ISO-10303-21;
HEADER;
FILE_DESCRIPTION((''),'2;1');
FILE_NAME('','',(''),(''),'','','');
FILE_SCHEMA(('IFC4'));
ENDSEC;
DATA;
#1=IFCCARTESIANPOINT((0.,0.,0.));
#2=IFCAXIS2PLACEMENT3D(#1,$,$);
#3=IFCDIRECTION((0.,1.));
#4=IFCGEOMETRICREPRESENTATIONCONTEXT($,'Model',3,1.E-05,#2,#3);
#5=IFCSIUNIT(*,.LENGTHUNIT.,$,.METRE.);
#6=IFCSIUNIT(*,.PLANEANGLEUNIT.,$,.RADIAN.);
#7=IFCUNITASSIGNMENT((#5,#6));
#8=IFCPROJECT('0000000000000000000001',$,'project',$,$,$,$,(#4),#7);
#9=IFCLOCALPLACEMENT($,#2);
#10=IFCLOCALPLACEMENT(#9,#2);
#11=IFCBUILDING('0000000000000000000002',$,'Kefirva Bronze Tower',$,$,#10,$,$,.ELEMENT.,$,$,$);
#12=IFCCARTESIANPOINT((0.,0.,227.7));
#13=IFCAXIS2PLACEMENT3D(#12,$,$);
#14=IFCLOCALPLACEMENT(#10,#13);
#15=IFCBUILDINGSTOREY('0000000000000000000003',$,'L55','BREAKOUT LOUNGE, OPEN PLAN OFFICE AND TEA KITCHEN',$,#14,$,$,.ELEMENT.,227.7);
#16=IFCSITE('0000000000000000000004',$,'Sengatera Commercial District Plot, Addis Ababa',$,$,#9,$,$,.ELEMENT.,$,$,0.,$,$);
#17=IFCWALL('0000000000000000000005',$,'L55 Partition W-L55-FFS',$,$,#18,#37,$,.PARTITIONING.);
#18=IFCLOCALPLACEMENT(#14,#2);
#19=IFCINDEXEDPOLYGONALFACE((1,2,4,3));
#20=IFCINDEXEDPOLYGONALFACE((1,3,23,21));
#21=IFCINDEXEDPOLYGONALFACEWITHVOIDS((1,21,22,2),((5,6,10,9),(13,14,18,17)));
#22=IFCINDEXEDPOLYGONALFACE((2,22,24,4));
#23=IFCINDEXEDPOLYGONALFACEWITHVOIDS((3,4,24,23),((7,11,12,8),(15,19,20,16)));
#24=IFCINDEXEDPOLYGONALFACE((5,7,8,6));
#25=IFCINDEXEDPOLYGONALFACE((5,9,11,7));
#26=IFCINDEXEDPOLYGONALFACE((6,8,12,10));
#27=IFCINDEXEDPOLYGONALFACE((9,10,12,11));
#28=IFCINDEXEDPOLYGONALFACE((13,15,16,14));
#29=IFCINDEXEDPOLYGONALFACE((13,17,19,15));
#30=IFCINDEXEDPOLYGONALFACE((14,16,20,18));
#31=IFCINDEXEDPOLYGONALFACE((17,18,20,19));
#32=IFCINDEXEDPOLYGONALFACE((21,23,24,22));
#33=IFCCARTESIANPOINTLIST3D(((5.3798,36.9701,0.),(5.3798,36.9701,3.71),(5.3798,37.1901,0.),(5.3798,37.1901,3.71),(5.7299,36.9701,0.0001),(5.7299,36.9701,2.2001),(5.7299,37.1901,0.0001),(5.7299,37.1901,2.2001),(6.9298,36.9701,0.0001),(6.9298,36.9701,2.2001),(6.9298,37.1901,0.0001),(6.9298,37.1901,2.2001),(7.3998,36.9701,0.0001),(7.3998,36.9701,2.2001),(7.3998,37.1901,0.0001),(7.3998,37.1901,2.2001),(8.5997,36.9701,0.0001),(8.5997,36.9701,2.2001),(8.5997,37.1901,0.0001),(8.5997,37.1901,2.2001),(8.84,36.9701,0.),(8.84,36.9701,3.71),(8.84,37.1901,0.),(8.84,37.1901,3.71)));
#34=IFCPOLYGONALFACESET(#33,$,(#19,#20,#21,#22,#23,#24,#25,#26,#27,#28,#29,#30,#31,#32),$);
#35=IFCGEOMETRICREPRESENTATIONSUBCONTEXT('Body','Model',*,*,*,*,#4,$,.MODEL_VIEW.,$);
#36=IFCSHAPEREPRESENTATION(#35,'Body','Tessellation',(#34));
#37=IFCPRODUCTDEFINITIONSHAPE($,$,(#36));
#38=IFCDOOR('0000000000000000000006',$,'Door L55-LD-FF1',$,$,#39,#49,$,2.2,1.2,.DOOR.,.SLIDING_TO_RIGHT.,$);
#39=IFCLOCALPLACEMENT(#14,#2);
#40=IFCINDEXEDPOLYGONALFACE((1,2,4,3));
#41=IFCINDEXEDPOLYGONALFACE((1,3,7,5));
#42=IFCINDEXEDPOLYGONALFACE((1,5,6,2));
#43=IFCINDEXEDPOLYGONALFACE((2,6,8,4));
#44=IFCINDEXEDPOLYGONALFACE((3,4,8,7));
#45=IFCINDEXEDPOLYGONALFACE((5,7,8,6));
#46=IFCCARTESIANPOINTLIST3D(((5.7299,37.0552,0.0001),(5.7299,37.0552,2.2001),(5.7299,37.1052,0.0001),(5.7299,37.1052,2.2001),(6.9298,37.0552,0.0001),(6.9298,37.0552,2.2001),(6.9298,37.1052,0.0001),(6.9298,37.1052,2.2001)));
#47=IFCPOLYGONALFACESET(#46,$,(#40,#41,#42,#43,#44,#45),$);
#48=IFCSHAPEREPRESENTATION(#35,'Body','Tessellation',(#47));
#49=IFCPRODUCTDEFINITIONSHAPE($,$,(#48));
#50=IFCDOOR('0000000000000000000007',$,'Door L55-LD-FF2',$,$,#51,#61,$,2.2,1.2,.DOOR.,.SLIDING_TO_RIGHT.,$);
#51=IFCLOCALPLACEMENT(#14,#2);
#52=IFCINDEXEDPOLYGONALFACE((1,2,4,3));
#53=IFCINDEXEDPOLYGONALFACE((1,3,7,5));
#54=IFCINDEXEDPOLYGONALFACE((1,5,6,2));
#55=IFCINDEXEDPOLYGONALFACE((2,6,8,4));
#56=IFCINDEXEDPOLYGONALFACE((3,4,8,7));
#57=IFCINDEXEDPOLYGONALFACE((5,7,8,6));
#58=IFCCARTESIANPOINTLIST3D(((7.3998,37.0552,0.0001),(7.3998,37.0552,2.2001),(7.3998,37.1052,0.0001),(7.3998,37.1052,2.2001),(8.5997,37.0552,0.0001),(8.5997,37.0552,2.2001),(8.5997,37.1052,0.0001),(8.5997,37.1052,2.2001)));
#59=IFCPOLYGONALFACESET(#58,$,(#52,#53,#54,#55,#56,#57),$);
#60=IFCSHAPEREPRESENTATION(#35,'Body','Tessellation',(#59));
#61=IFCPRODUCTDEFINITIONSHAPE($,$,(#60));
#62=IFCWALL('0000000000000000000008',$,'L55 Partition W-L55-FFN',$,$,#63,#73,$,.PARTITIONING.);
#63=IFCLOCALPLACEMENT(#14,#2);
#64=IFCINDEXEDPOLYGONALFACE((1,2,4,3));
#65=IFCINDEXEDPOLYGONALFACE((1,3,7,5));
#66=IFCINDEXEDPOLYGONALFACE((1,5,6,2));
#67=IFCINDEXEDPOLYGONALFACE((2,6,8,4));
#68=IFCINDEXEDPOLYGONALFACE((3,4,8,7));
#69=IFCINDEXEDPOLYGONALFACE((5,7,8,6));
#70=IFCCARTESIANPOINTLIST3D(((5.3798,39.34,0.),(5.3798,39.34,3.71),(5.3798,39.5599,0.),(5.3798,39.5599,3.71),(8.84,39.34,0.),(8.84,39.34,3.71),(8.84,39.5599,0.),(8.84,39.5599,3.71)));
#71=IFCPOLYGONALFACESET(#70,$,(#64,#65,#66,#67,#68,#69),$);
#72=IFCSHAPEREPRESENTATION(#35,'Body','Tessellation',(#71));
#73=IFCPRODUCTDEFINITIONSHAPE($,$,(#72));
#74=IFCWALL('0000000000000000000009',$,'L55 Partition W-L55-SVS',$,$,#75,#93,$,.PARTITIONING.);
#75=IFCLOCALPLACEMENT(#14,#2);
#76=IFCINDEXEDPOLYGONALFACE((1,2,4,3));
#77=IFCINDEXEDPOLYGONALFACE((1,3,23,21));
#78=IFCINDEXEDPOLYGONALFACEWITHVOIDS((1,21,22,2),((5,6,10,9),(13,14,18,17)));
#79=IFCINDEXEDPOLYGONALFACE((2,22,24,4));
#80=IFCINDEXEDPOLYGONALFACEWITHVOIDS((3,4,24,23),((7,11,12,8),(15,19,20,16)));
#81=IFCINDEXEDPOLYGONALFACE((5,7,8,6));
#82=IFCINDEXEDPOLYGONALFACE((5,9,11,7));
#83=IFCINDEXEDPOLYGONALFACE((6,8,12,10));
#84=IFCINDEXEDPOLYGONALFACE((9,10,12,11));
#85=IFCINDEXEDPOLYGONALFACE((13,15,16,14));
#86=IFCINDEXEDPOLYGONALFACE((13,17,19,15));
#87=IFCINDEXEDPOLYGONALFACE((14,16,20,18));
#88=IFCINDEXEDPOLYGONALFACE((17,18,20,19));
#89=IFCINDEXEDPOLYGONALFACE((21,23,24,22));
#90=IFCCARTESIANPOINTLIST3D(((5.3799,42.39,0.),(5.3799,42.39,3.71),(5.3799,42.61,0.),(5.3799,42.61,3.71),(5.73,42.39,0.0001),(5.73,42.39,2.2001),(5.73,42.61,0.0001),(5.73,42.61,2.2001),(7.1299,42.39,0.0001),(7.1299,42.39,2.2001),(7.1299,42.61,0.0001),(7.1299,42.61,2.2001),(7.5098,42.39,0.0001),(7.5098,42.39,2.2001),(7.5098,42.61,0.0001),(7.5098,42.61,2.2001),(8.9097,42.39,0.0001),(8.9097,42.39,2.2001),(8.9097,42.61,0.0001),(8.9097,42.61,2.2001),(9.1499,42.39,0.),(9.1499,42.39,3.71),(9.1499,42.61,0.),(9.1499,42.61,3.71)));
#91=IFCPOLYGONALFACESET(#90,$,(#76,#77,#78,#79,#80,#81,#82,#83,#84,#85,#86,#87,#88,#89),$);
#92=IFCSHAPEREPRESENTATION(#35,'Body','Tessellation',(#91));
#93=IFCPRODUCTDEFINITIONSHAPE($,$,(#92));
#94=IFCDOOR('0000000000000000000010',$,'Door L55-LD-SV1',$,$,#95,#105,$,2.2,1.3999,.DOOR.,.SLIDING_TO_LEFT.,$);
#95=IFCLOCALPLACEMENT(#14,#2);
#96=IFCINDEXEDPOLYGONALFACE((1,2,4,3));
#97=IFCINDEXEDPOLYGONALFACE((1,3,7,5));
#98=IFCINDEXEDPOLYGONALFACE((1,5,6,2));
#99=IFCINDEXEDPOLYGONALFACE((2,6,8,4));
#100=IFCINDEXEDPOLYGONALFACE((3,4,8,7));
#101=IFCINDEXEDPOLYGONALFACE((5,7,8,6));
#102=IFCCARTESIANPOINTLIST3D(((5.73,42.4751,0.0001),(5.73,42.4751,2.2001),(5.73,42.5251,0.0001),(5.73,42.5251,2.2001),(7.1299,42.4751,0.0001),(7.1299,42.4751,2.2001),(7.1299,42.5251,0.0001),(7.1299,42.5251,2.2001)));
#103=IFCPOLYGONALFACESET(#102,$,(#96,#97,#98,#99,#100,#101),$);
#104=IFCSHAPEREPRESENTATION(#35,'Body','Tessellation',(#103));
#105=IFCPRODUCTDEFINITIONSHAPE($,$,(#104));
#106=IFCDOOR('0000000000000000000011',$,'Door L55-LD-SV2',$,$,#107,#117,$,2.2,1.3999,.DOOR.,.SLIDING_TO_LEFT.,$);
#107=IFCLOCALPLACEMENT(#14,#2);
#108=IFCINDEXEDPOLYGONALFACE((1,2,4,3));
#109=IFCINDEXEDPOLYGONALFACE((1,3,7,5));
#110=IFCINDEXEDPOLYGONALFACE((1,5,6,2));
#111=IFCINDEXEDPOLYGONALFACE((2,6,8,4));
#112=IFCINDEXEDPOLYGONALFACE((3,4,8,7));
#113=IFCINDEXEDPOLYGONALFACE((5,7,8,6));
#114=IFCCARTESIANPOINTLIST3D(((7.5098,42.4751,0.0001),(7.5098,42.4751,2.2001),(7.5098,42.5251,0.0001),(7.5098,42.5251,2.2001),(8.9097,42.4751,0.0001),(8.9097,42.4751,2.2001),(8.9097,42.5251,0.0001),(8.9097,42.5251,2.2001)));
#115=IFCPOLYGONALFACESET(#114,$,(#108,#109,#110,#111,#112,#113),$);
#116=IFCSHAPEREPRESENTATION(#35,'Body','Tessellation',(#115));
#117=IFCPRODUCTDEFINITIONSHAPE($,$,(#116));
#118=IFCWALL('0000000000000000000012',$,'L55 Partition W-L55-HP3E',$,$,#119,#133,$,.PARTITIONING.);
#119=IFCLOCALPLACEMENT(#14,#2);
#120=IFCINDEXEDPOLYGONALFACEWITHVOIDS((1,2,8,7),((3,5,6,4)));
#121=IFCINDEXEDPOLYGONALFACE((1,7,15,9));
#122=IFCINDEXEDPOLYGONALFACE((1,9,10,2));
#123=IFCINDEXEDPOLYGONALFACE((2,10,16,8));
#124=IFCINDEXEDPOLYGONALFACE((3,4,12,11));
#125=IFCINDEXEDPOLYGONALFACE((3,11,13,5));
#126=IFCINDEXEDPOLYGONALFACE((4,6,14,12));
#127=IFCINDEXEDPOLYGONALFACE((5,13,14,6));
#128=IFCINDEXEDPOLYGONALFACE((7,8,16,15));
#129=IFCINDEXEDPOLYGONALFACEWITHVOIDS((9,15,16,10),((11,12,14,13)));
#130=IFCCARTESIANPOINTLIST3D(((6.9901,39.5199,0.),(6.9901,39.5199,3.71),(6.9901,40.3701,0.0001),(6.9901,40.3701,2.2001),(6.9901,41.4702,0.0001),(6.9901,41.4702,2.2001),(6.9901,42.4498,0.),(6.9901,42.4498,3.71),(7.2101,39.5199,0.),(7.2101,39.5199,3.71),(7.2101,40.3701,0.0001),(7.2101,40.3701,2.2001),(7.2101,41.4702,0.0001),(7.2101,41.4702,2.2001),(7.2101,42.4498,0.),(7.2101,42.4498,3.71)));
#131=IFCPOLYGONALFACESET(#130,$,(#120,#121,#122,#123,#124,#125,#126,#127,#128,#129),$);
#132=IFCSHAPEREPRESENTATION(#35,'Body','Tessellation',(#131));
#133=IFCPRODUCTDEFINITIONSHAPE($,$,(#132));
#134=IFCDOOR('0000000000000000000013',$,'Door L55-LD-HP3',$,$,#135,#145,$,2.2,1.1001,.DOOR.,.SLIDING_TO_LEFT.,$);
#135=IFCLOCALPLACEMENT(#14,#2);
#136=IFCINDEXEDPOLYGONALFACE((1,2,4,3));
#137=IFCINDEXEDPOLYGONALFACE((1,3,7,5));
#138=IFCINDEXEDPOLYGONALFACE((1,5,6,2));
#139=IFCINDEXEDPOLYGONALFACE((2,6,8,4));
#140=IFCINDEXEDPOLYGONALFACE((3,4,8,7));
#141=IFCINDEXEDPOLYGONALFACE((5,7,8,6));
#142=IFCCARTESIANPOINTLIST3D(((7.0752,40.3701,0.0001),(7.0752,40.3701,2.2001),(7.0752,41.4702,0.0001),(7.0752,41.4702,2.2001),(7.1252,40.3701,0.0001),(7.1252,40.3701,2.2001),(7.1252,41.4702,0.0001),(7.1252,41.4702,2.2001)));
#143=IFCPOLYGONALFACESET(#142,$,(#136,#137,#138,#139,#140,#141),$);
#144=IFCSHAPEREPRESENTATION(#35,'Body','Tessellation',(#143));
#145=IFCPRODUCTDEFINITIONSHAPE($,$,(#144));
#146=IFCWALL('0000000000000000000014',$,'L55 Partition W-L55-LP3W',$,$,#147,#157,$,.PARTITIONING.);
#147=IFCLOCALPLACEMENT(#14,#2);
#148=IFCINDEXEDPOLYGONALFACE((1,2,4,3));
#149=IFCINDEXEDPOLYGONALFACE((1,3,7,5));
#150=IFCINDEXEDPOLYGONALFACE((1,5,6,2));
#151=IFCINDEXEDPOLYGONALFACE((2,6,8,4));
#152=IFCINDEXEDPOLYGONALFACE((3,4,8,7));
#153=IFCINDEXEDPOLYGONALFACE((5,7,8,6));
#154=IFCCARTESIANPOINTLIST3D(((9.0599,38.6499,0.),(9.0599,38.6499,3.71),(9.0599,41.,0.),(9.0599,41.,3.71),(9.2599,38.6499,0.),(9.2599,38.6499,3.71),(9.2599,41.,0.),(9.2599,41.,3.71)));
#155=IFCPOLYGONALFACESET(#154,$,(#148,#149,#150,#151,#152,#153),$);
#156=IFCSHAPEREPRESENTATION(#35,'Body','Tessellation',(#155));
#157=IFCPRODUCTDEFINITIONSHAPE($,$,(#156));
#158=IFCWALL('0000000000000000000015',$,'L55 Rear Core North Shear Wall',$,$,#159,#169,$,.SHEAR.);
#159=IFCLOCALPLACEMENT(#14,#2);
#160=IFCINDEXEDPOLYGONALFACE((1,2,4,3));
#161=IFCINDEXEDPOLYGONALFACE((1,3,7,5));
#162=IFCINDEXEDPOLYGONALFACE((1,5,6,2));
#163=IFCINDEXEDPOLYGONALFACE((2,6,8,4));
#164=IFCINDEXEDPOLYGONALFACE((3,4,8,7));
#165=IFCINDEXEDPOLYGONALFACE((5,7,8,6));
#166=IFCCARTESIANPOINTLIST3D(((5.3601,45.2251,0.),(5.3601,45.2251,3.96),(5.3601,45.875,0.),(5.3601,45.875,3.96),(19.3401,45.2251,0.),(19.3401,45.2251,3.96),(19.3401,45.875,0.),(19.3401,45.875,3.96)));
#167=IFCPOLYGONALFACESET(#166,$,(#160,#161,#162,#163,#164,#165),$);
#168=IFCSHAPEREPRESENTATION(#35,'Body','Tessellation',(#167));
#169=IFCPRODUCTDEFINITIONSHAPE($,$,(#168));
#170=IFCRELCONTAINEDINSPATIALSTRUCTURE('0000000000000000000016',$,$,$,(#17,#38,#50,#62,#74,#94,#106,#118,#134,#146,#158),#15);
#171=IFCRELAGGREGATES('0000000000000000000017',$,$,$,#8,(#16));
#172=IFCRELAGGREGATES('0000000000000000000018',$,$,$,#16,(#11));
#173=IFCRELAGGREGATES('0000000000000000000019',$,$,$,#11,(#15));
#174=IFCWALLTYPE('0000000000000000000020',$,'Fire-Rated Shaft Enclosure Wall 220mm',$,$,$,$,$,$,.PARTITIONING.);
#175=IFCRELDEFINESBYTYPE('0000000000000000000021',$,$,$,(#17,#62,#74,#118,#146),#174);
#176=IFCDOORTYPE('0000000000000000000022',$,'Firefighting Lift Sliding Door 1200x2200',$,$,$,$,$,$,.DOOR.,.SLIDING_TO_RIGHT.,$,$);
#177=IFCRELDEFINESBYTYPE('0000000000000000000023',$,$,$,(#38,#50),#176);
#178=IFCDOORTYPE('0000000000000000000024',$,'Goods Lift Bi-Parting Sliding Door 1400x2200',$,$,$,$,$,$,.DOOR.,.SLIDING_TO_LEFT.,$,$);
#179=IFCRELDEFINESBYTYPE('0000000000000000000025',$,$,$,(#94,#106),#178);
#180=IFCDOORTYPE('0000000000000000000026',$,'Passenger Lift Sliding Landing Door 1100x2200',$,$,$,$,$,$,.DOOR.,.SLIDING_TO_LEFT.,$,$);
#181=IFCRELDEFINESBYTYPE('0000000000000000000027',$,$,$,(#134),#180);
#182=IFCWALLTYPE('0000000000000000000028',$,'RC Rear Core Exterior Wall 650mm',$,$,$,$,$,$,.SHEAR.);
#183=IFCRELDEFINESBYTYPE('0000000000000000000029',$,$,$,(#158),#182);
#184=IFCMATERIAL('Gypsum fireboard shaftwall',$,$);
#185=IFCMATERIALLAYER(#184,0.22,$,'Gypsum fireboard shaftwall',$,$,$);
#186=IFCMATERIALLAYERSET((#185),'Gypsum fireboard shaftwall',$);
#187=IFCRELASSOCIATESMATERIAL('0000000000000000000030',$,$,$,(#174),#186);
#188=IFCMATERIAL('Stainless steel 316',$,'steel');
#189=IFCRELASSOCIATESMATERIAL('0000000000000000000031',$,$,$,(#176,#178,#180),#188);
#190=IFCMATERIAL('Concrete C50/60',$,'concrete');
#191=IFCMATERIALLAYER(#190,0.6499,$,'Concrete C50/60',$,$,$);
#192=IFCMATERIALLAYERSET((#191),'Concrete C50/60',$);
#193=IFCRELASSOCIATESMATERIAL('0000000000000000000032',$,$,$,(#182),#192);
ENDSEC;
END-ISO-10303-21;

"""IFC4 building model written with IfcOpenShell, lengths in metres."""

from ifc_helpers import new_model, si_unit, direction, frame, frame_2d, origin, place, context, subcontext, project, spatial, rectangle, extrude, material, layer, layer_set, type_object, element, fill, save


model = new_model("IFC4")

# Units and contexts
model_context = context("Model", 3, precision=1e-05, world=origin(), true_north=direction((0.0, 1.0)))
body_context = subcontext(model_context, "Body", "Model", "MODEL_VIEW")
ifc_project = project(units=[si_unit("LENGTHUNIT", "METRE"), si_unit("PLANEANGLEUNIT", "RADIAN")], contexts=[model_context])

# Site, building, storey
site_placement = place(None, origin())
site = spatial("IfcSite", under=ifc_project, at=site_placement, Name="Sengatera Commercial District Plot, Addis Ababa", CompositionType="ELEMENT", RefElevation=0.0)
building_placement = place(site_placement, origin())
building = spatial("IfcBuilding", under=site, at=building_placement, Name="Kefirva Bronze Tower", CompositionType="ELEMENT")
storey_placement = place(building_placement, frame((0.0, 0.0, 227.7)))
storey = spatial("IfcBuildingStorey", under=building, at=storey_placement, Name="L55", Description="BREAKOUT LOUNGE, OPEN PLAN OFFICE AND TEA KITCHEN", CompositionType="ELEMENT", Elevation=227.7)

# Wall, openings, doors
ifc_material_1 = material(Name="Gypsum fireboard shaftwall")
ifc_layer_1 = layer(ifc_material_1, 0.22, Name="Gypsum fireboard shaftwall")
ifc_layer_set_1 = layer_set([ifc_layer_1], Name="Gypsum fireboard shaftwall")
wall_type_1 = type_object("IfcWallType", Name="Fire-Rated Shaft Enclosure Wall 220mm", PredefinedType="PARTITIONING", material=ifc_layer_set_1)
wall_1_placement = place(storey_placement, frame((5.3799, 37.0801, 0.0), z_axis=(0.0, 0.0, 1.0), x_axis=(1.0, 0.0, 0.0)))
wall_1 = element("IfcWall", 1, at=wall_1_placement, inside=storey, type_object=wall_type_1, Name="L55 Partition W-L55-FFS", PredefinedType="PARTITIONING", context=body_context, shape_type="SweptSolid", body=[
    extrude(rectangle(XDim=3.4602, YDim=0.22, at=frame_2d((1.73, 0.0))), origin(), (0.0, 0.0, 1.0), 3.71),
])
opening_1_placement = place(wall_1_placement, frame((1.55, 0.0, 0.0), z_axis=(0.0, 0.0, 1.0), x_axis=(-1.0, 0.0, 0.0)))
opening_1 = element("IfcOpeningElement", 2, at=opening_1_placement, cuts=wall_1, PredefinedType="OPENING", context=body_context, shape_type="SweptSolid", body=[
    extrude(rectangle(XDim=1.2, YDim=2.2, at=frame_2d((0.6001, 1.1001))), frame((0.0, 0.1201, 0.0), z_axis=(0.0, -1.0, 0.0), x_axis=(1.0, 0.0, 0.0)), (0.0, 0.0, 1.0), 0.24),
])
opening_2_placement = place(wall_1_placement, frame((3.22, 0.0, 0.0), z_axis=(0.0, 0.0, 1.0), x_axis=(-1.0, 0.0, 0.0)))
opening_2 = element("IfcOpeningElement", 3, at=opening_2_placement, cuts=wall_1, PredefinedType="OPENING", context=body_context, shape_type="SweptSolid", body=[
    extrude(rectangle(XDim=1.2, YDim=2.2, at=frame_2d((0.6001, 1.1001))), frame((0.0, 0.1201, 0.0), z_axis=(0.0, -1.0, 0.0), x_axis=(1.0, 0.0, 0.0)), (0.0, 0.0, 1.0), 0.24),
])
ifc_material_2 = material(Name="Stainless steel 316", Category="steel")
door_type_1 = type_object("IfcDoorType", Name="Firefighting Lift Sliding Door 1200x2200", OperationType="SLIDING_TO_RIGHT", PredefinedType="DOOR", material=ifc_material_2)
door_1_placement = place(opening_1_placement, origin())
door_1 = element("IfcDoor", 4, at=door_1_placement, inside=storey, type_object=door_type_1, Name="Door L55-LD-FF1", OperationType="SLIDING_TO_RIGHT", OverallHeight=2.2, OverallWidth=1.2, PredefinedType="DOOR", context=body_context, shape_type="SweptSolid", body=[
    extrude(rectangle(XDim=1.2, YDim=2.2, at=frame_2d((0.6001, 1.1001))), frame((0.0, 0.0249, 0.0), z_axis=(0.0, -1.0, 0.0), x_axis=(1.0, 0.0, 0.0)), (0.0, 0.0, 1.0), 0.05),
])
fill(opening_1, door_1)
door_2_placement = place(opening_2_placement, origin())
door_2 = element("IfcDoor", 5, at=door_2_placement, inside=storey, type_object=door_type_1, Name="Door L55-LD-FF2", OperationType="SLIDING_TO_RIGHT", OverallHeight=2.2, OverallWidth=1.2, PredefinedType="DOOR", context=body_context, shape_type="SweptSolid", body=[
    extrude(rectangle(XDim=1.2, YDim=2.2, at=frame_2d((0.6001, 1.1001))), frame((0.0, 0.0249, 0.0), z_axis=(0.0, -1.0, 0.0), x_axis=(1.0, 0.0, 0.0)), (0.0, 0.0, 1.0), 0.05),
])
fill(opening_2, door_2)

# Wall
wall_2_placement = place(storey_placement, frame((5.3799, 39.45, 0.0), z_axis=(0.0, 0.0, 1.0), x_axis=(1.0, 0.0, 0.0)))
element("IfcWall", 6, at=wall_2_placement, inside=storey, type_object=wall_type_1, Name="L55 Partition W-L55-FFN", PredefinedType="PARTITIONING", context=body_context, shape_type="SweptSolid", body=[
    extrude(rectangle(XDim=3.4602, YDim=0.22, at=frame_2d((1.73, 0.0))), origin(), (0.0, 0.0, 1.0), 3.71),
])

# Wall, openings, doors
wall_3_placement = place(storey_placement, frame((5.3799, 42.5, 0.0), z_axis=(0.0, 0.0, 1.0), x_axis=(1.0, 0.0, 0.0)))
wall_3 = element("IfcWall", 7, at=wall_3_placement, inside=storey, type_object=wall_type_1, Name="L55 Partition W-L55-SVS", PredefinedType="PARTITIONING", context=body_context, shape_type="SweptSolid", body=[
    extrude(rectangle(XDim=3.77, YDim=0.22, at=frame_2d((1.885, 0.0))), origin(), (0.0, 0.0, 1.0), 3.71),
])
opening_3_placement = place(wall_3_placement, frame((1.75, 0.0, 0.0), z_axis=(0.0, 0.0, 1.0), x_axis=(-1.0, 0.0, 0.0)))
opening_3 = element("IfcOpeningElement", 8, at=opening_3_placement, cuts=wall_3, PredefinedType="OPENING", context=body_context, shape_type="SweptSolid", body=[
    extrude(rectangle(XDim=1.3999, YDim=2.2, at=frame_2d((0.7, 1.1001))), frame((0.0, 0.1201, 0.0), z_axis=(0.0, -1.0, 0.0), x_axis=(1.0, 0.0, 0.0)), (0.0, 0.0, 1.0), 0.24),
])
opening_4_placement = place(wall_3_placement, frame((3.5298, 0.0, 0.0), z_axis=(0.0, 0.0, 1.0), x_axis=(-1.0, 0.0, 0.0)))
opening_4 = element("IfcOpeningElement", 9, at=opening_4_placement, cuts=wall_3, PredefinedType="OPENING", context=body_context, shape_type="SweptSolid", body=[
    extrude(rectangle(XDim=1.3999, YDim=2.2, at=frame_2d((0.7, 1.1001))), frame((0.0, 0.1201, 0.0), z_axis=(0.0, -1.0, 0.0), x_axis=(1.0, 0.0, 0.0)), (0.0, 0.0, 1.0), 0.24),
])
door_type_2 = type_object("IfcDoorType", Name="Goods Lift Bi-Parting Sliding Door 1400x2200", OperationType="SLIDING_TO_LEFT", PredefinedType="DOOR", material=ifc_material_2)
door_3_placement = place(opening_3_placement, origin())
door_3 = element("IfcDoor", 10, at=door_3_placement, inside=storey, type_object=door_type_2, Name="Door L55-LD-SV1", OperationType="SLIDING_TO_LEFT", OverallHeight=2.2, OverallWidth=1.3999, PredefinedType="DOOR", context=body_context, shape_type="SweptSolid", body=[
    extrude(rectangle(XDim=1.3999, YDim=2.2, at=frame_2d((0.7, 1.1001))), frame((0.0, 0.0249, 0.0), z_axis=(0.0, -1.0, 0.0), x_axis=(1.0, 0.0, 0.0)), (0.0, 0.0, 1.0), 0.05),
])
fill(opening_3, door_3)
door_4_placement = place(opening_4_placement, origin())
door_4 = element("IfcDoor", 11, at=door_4_placement, inside=storey, type_object=door_type_2, Name="Door L55-LD-SV2", OperationType="SLIDING_TO_LEFT", OverallHeight=2.2, OverallWidth=1.3999, PredefinedType="DOOR", context=body_context, shape_type="SweptSolid", body=[
    extrude(rectangle(XDim=1.3999, YDim=2.2, at=frame_2d((0.7, 1.1001))), frame((0.0, 0.0249, 0.0), z_axis=(0.0, -1.0, 0.0), x_axis=(1.0, 0.0, 0.0)), (0.0, 0.0, 1.0), 0.05),
])
fill(opening_4, door_4)

# Wall, opening, door
wall_4_placement = place(storey_placement, frame((7.1001, 39.52, 0.0), z_axis=(0.0, 0.0, 1.0), x_axis=(0.0, 1.0, 0.0)))
wall_4 = element("IfcWall", 12, at=wall_4_placement, inside=storey, type_object=wall_type_1, Name="L55 Partition W-L55-HP3E", PredefinedType="PARTITIONING", context=body_context, shape_type="SweptSolid", body=[
    extrude(rectangle(XDim=2.9299, YDim=0.22, at=frame_2d((1.4648, 0.0))), origin(), (0.0, 0.0, 1.0), 3.71),
])
opening_5_placement = place(wall_4_placement, frame((0.8501, 0.0, 0.0)))
opening_5 = element("IfcOpeningElement", 13, at=opening_5_placement, cuts=wall_4, PredefinedType="OPENING", context=body_context, shape_type="SweptSolid", body=[
    extrude(rectangle(XDim=1.1001, YDim=2.2, at=frame_2d((0.55, 1.1001))), frame((0.0, 0.1201, 0.0), z_axis=(0.0, -1.0, 0.0), x_axis=(1.0, 0.0, 0.0)), (0.0, 0.0, 1.0), 0.24),
])
door_type_3 = type_object("IfcDoorType", Name="Passenger Lift Sliding Landing Door 1100x2200", OperationType="SLIDING_TO_LEFT", PredefinedType="DOOR", material=ifc_material_2)
door_5_placement = place(opening_5_placement, origin())
door_5 = element("IfcDoor", 14, at=door_5_placement, inside=storey, type_object=door_type_3, Name="Door L55-LD-HP3", OperationType="SLIDING_TO_LEFT", OverallHeight=2.2, OverallWidth=1.1001, PredefinedType="DOOR", context=body_context, shape_type="SweptSolid", body=[
    extrude(rectangle(XDim=1.1001, YDim=2.2, at=frame_2d((0.55, 1.1001))), frame((0.0, 0.0249, 0.0), z_axis=(0.0, -1.0, 0.0), x_axis=(1.0, 0.0, 0.0)), (0.0, 0.0, 1.0), 0.05),
])
fill(opening_5, door_5)

# Walls
wall_5_placement = place(storey_placement, frame((9.1599, 38.6499, 0.0), z_axis=(0.0, 0.0, 1.0), x_axis=(0.0, 1.0, 0.0)))
element("IfcWall", 15, at=wall_5_placement, inside=storey, type_object=wall_type_1, Name="L55 Partition W-L55-LP3W", PredefinedType="PARTITIONING", context=body_context, shape_type="SweptSolid", body=[
    extrude(rectangle(XDim=2.3501, YDim=0.2, at=frame_2d((1.175, 0.0))), origin(), (0.0, 0.0, 1.0), 3.71),
])
ifc_material_3 = material(Name="Concrete C50/60", Category="concrete")
ifc_layer_2 = layer(ifc_material_3, 0.6499, Name="Concrete C50/60")
ifc_layer_set_2 = layer_set([ifc_layer_2], Name="Concrete C50/60")
wall_type_2 = type_object("IfcWallType", Name="RC Rear Core Exterior Wall 650mm", PredefinedType="SHEAR", material=ifc_layer_set_2)
wall_6_placement = place(storey_placement, frame((5.3601, 45.55, 0.0), z_axis=(0.0, 0.0, 1.0), x_axis=(1.0, 0.0, 0.0)))
element("IfcWall", 16, at=wall_6_placement, inside=storey, type_object=wall_type_2, Name="L55 Rear Core North Shear Wall", PredefinedType="SHEAR", context=body_context, shape_type="SweptSolid", body=[
    extrude(rectangle(XDim=13.98, YDim=0.6499, at=frame_2d((6.99, 0.0))), origin(), (0.0, 0.0, 1.0), 3.96),
])

save(model, "model.ifc")
